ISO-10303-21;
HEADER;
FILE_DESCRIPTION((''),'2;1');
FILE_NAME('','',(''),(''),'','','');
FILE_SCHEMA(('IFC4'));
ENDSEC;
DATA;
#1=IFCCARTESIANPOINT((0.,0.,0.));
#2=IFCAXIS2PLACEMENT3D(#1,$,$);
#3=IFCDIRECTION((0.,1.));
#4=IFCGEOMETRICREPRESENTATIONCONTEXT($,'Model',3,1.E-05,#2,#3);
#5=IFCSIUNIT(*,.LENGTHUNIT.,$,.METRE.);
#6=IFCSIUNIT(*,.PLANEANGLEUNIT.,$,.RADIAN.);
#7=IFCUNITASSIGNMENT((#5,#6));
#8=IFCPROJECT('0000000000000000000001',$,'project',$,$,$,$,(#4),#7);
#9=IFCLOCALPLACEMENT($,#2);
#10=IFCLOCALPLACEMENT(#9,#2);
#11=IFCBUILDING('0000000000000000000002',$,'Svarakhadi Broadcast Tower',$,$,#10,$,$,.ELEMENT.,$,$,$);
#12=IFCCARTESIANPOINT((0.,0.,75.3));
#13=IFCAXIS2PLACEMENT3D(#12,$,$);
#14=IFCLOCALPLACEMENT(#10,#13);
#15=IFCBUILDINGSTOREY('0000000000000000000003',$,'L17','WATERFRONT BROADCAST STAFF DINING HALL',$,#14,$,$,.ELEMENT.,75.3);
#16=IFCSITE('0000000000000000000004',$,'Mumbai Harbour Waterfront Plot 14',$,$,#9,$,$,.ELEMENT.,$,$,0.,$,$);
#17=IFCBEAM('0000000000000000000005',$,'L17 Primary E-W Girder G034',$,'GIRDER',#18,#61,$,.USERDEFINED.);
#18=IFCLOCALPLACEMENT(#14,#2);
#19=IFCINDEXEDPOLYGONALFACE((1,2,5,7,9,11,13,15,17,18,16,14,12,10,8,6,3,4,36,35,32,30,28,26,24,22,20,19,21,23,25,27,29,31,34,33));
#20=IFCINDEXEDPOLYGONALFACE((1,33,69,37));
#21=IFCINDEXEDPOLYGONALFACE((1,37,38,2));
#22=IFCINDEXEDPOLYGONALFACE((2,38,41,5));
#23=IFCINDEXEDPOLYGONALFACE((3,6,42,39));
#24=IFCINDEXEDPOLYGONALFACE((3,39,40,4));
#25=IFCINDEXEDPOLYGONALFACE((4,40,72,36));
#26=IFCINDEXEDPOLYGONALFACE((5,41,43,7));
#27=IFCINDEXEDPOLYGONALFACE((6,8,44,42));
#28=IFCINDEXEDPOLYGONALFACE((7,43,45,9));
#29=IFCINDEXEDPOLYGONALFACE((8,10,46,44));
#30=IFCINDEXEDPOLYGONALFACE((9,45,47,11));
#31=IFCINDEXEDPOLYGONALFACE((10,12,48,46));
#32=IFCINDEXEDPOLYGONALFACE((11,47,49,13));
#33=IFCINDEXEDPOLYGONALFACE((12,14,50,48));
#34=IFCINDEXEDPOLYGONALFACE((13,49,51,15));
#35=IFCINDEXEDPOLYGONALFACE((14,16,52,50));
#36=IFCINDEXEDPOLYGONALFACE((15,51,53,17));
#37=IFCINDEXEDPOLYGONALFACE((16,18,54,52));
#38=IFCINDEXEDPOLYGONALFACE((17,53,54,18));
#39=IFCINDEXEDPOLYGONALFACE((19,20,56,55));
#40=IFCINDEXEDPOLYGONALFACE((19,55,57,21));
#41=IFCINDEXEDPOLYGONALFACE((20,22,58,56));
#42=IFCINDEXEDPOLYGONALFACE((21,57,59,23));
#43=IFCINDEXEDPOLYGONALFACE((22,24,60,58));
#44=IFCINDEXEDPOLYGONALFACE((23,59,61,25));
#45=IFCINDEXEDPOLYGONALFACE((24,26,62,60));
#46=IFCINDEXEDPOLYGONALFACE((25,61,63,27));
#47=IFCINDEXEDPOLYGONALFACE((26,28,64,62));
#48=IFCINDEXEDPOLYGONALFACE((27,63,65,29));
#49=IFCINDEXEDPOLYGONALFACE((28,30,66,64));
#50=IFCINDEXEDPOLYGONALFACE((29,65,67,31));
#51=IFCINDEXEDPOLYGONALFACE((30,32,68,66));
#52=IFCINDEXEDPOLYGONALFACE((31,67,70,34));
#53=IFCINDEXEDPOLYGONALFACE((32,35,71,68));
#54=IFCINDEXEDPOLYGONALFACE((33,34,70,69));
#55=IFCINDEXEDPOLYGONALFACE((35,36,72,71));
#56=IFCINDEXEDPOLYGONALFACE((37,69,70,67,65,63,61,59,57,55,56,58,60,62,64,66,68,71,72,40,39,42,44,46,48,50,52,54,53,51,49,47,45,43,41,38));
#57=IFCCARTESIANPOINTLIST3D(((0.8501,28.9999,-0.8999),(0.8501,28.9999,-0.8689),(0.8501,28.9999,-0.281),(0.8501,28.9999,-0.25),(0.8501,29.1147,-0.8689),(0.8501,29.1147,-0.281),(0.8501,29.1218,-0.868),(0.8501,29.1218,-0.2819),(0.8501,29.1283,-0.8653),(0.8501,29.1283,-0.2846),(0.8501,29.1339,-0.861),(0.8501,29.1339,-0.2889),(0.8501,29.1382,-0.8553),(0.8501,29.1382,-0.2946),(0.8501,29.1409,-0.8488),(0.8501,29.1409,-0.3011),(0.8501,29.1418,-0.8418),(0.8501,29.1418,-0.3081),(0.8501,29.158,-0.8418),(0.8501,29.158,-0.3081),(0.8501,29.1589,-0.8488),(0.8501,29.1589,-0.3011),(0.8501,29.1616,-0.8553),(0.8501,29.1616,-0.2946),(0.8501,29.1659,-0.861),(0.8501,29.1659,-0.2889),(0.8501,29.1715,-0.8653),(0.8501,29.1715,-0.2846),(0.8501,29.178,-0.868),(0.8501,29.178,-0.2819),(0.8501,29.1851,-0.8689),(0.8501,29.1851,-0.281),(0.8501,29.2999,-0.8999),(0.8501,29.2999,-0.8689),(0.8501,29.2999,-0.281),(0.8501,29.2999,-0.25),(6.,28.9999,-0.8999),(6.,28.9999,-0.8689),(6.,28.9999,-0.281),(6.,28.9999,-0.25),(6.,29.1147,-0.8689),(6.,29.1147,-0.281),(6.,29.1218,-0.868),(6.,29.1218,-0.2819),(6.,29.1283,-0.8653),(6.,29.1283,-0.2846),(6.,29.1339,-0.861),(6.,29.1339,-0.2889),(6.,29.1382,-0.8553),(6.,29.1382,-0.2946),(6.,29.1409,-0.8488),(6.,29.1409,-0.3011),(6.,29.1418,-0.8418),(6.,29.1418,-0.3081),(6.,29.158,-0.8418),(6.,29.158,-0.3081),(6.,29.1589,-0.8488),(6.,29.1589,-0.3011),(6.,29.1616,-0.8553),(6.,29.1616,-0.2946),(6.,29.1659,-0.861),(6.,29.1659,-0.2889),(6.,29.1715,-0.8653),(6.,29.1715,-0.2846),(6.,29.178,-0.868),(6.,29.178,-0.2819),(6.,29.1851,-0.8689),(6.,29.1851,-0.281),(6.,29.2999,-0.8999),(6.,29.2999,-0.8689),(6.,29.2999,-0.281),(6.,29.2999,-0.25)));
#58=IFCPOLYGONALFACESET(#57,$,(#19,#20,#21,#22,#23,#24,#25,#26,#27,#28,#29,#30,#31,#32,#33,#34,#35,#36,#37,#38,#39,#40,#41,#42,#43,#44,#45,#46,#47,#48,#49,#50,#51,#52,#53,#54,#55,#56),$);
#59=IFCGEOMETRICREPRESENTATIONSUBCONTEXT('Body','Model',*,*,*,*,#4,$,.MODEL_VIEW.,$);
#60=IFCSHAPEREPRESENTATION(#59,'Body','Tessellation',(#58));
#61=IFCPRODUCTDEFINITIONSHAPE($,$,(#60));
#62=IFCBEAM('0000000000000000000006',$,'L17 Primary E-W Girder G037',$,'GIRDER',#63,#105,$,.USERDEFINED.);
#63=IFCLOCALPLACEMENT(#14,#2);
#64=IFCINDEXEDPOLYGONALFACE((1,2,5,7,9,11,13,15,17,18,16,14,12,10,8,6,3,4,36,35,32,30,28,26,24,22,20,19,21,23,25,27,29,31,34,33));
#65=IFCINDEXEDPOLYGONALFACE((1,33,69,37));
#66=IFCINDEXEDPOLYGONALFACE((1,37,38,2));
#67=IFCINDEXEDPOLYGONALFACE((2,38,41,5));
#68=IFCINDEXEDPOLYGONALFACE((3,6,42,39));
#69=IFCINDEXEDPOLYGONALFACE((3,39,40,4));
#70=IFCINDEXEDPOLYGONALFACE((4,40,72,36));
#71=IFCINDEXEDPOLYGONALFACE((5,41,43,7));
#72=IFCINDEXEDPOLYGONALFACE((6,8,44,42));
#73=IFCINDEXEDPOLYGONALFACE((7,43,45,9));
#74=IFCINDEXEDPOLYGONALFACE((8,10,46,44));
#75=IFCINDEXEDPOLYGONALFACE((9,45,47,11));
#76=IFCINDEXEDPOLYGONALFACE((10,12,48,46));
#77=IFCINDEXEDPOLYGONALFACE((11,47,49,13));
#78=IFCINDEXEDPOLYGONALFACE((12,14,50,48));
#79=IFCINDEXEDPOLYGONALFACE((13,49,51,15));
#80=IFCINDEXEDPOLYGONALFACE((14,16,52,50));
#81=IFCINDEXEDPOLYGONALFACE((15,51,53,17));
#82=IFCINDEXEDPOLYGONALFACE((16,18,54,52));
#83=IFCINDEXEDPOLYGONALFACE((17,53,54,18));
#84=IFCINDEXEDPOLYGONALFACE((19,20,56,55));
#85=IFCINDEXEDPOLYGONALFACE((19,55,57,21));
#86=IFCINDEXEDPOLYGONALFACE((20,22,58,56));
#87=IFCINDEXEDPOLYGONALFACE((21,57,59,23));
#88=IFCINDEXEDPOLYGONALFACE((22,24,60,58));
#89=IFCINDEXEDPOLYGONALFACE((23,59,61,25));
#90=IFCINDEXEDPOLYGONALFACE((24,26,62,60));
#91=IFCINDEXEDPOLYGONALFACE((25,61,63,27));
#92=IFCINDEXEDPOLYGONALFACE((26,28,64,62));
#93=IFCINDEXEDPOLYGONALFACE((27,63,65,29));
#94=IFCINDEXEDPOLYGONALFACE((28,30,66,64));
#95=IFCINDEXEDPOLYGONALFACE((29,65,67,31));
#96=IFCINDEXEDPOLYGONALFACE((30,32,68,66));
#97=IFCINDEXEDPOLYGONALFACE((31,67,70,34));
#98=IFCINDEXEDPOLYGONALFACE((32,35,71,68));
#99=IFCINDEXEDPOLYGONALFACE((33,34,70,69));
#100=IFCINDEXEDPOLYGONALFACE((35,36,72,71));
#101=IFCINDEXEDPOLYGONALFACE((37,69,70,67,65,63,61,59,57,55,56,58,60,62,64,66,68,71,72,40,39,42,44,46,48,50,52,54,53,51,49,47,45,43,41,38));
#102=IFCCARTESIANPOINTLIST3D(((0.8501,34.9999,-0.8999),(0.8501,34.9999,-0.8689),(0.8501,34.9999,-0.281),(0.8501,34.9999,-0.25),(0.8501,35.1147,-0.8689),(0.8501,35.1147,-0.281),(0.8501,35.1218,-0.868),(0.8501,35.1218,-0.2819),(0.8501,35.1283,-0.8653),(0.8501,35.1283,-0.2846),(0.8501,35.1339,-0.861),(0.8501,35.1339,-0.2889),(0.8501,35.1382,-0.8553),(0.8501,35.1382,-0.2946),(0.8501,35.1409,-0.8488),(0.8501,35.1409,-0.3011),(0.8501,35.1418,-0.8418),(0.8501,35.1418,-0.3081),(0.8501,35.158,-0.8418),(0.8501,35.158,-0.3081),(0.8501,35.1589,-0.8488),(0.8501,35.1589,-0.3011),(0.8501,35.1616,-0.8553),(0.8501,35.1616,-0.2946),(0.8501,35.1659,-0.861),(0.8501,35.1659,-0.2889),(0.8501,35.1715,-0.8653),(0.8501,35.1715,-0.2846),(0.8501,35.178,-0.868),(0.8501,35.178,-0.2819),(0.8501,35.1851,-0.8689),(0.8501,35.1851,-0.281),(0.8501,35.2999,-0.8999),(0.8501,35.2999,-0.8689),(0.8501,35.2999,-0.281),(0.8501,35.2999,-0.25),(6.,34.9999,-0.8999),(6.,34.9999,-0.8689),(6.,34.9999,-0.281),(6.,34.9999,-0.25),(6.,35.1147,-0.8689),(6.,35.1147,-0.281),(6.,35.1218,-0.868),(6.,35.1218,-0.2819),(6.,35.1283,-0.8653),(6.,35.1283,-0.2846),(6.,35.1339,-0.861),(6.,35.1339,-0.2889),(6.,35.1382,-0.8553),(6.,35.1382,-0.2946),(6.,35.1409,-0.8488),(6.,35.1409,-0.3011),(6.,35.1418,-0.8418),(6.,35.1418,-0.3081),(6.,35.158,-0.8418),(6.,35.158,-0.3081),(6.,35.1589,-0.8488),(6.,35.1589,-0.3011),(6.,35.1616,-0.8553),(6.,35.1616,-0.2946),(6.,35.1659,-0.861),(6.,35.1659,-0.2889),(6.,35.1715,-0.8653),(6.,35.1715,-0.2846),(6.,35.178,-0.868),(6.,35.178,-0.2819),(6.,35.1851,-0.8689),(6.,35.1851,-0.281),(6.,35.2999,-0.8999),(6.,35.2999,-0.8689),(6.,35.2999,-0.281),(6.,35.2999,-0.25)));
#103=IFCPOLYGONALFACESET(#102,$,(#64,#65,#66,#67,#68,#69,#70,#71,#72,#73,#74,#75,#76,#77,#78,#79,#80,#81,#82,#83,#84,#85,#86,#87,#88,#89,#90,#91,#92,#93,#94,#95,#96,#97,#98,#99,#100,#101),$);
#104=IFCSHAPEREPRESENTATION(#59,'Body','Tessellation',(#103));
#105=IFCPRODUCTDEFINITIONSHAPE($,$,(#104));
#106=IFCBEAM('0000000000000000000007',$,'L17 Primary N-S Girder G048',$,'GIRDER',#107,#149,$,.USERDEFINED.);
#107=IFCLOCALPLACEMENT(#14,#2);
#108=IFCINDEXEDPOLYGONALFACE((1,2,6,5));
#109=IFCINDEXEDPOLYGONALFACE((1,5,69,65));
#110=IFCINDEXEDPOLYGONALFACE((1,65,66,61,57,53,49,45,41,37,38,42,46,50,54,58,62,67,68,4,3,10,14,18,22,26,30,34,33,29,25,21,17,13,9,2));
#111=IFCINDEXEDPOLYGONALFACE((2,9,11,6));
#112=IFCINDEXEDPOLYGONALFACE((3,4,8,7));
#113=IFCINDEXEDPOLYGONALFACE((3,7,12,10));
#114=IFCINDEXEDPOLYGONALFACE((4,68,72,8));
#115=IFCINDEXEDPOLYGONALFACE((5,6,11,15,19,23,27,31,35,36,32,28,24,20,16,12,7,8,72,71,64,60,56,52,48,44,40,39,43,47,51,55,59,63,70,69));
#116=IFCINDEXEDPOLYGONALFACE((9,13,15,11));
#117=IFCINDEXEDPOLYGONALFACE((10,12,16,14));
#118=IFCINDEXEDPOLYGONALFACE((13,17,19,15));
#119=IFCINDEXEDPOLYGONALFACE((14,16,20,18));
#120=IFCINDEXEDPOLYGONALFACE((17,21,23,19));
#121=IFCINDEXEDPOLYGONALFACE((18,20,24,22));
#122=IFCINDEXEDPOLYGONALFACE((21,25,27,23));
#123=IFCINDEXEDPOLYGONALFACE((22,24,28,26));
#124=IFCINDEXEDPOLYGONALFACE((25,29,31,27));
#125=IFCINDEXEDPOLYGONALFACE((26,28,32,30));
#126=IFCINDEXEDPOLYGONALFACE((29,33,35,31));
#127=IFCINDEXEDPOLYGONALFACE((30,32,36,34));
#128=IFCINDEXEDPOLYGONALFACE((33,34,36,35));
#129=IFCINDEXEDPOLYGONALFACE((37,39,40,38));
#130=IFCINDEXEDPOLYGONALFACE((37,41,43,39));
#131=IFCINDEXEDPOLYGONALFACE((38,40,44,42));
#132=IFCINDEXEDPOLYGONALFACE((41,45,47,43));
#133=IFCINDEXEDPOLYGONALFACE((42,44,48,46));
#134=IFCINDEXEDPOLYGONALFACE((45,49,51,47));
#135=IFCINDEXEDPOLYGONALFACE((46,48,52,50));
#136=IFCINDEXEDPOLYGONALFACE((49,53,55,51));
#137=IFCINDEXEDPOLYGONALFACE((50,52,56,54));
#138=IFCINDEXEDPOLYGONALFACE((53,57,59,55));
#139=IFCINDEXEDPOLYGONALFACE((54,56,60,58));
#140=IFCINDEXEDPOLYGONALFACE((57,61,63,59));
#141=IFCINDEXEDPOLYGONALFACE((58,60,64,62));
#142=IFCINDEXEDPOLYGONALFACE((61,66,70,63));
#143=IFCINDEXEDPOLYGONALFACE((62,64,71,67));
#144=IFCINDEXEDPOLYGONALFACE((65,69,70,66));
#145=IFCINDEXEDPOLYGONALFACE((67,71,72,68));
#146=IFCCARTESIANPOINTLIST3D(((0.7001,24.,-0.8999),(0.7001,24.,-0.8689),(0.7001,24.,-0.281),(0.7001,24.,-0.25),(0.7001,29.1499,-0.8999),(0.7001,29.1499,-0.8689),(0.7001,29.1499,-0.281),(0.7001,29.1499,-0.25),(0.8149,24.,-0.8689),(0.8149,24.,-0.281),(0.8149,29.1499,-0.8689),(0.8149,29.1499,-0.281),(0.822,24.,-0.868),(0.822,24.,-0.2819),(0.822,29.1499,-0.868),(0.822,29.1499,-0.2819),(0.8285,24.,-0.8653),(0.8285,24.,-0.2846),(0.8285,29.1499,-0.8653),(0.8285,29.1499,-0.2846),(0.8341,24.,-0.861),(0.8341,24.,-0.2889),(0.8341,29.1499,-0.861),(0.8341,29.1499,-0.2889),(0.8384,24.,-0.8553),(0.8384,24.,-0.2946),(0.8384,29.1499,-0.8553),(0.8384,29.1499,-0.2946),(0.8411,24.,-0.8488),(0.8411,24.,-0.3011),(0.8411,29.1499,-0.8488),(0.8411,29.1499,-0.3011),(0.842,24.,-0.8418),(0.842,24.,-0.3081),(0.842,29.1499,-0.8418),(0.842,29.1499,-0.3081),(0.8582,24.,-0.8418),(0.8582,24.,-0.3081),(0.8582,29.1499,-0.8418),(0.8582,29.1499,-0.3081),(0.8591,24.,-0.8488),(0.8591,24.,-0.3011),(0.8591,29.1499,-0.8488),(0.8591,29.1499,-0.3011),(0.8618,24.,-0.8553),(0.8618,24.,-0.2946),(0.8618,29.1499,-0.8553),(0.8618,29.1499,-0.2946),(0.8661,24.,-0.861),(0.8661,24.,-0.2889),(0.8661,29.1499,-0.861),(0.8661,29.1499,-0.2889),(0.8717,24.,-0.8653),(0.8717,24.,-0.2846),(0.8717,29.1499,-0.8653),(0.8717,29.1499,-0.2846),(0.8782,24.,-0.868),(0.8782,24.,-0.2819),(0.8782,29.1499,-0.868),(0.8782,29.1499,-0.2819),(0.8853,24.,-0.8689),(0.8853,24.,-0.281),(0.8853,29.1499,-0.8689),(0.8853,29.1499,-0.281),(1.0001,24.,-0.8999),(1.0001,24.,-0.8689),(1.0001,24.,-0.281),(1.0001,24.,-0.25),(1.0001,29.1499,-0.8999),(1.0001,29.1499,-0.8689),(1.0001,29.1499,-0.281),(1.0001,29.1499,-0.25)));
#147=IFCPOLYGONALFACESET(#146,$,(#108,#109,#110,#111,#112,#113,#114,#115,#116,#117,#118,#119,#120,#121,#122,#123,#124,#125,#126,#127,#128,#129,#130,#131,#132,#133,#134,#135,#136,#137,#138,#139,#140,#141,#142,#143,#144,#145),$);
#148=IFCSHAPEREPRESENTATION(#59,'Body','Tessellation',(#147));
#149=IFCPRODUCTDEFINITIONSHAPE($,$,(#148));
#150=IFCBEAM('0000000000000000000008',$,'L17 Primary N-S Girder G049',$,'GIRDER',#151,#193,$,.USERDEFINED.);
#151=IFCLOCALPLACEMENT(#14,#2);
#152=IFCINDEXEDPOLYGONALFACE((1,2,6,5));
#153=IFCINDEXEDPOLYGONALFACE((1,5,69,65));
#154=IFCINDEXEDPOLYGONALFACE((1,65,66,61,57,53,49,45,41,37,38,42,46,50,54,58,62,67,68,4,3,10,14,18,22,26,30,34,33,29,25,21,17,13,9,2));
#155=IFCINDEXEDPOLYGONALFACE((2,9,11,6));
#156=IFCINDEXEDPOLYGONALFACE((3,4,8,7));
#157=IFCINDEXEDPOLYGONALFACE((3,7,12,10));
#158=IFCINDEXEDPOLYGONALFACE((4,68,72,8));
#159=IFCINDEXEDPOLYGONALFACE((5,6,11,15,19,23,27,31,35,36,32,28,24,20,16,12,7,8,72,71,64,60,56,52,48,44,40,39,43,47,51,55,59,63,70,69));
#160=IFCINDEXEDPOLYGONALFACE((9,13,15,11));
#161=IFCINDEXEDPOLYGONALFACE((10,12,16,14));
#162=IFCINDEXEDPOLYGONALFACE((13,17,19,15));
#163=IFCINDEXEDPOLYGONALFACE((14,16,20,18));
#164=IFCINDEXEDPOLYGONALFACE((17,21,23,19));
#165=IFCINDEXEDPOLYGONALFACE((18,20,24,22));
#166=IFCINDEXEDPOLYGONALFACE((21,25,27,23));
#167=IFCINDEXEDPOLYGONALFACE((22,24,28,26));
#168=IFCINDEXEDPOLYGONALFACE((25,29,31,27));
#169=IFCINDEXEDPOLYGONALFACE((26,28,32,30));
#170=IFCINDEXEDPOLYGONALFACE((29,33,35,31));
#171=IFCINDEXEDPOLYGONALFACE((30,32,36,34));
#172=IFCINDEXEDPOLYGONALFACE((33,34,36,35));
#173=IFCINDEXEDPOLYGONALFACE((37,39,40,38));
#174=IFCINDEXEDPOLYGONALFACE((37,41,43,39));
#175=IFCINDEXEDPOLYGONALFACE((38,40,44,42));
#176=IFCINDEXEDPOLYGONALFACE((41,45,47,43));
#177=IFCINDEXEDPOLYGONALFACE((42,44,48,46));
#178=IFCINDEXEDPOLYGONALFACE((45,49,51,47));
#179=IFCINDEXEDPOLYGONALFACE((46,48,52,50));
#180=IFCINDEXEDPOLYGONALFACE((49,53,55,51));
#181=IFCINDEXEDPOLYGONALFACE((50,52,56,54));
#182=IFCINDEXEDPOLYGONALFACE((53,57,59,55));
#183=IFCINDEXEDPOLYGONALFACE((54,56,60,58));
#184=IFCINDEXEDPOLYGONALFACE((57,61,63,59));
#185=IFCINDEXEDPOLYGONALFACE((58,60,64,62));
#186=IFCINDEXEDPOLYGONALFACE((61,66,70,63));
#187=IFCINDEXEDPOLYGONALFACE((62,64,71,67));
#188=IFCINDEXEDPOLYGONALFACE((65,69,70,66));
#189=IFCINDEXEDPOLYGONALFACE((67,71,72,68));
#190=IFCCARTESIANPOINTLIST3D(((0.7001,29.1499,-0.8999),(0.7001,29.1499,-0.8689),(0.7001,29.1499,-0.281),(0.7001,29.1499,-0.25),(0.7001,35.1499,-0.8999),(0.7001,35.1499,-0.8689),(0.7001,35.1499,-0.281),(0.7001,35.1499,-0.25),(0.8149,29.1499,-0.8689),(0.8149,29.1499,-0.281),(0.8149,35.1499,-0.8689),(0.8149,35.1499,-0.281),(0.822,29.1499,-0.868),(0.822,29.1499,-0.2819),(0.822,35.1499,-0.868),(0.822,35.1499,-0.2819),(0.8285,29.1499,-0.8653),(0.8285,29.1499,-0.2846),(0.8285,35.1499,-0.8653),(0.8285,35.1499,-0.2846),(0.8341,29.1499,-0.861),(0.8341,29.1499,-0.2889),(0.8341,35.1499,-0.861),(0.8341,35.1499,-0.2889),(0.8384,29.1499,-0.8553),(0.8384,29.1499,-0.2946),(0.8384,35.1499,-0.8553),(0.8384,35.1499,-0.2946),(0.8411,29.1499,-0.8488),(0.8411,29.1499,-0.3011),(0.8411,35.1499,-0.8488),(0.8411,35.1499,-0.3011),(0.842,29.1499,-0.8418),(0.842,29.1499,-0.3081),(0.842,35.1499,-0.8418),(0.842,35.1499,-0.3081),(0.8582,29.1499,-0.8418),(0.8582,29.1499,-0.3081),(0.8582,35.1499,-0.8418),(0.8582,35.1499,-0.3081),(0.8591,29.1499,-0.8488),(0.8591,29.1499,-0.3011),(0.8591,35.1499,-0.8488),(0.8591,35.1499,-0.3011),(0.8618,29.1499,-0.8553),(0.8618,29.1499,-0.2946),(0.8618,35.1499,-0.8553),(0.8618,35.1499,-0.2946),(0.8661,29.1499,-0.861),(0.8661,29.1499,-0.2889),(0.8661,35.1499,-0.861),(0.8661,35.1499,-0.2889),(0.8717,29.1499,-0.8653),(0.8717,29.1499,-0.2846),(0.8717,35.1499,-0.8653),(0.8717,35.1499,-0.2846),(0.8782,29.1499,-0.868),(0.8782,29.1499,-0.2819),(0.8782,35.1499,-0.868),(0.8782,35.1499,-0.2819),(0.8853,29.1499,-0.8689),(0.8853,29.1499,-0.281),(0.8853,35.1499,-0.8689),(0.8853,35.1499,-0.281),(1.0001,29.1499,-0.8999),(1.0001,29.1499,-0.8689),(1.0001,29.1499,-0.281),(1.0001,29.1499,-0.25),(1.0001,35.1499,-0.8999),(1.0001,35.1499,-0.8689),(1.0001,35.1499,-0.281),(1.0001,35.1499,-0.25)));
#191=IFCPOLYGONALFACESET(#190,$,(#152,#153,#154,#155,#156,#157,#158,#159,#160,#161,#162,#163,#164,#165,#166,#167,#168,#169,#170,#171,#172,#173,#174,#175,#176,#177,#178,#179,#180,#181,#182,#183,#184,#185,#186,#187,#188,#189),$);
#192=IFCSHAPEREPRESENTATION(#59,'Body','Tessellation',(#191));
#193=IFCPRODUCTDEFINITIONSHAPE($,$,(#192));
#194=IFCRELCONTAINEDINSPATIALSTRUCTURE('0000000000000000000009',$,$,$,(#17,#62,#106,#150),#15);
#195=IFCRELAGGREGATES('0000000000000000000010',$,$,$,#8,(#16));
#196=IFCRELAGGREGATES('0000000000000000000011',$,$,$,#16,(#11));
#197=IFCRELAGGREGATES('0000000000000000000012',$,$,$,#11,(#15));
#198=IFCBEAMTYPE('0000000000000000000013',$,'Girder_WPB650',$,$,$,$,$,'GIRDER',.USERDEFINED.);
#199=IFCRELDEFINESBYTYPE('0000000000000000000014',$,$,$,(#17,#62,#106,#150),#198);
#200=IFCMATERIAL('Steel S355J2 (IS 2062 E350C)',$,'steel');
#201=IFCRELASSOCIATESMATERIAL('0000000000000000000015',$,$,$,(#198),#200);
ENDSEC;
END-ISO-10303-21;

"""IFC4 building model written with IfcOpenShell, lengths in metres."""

from ifc_helpers import new_model, si_unit, direction, frame, origin, origin_2d, place, context, subcontext, project, spatial, i_section, extrude, material, material_profile, profile_set, type_object, element, save


model = new_model("IFC4")

# Units and contexts
model_context = context("Model", 3, precision=1e-05, world=origin(), true_north=direction((0.0, 1.0)))
body_context = subcontext(model_context, "Body", "Model", "MODEL_VIEW")
ifc_project = project(units=[si_unit("LENGTHUNIT", "METRE"), si_unit("PLANEANGLEUNIT", "RADIAN")], contexts=[model_context])

# Site, building, storey
site_placement = place(None, origin())
site = spatial("IfcSite", under=ifc_project, at=site_placement, Name="Mumbai Harbour Waterfront Plot 14", CompositionType="ELEMENT", RefElevation=0.0)
building_placement = place(site_placement, origin())
building = spatial("IfcBuilding", under=site, at=building_placement, Name="Svarakhadi Broadcast Tower", CompositionType="ELEMENT")
storey_placement = place(building_placement, frame((0.0, 0.0, 75.3)))
storey = spatial("IfcBuildingStorey", under=building, at=storey_placement, Name="L17", Description="WATERFRONT BROADCAST STAFF DINING HALL", CompositionType="ELEMENT", Elevation=75.3)

# Shared definitions
ifc_material_1 = material(Name="Steel S355J2 (IS 2062 E350C)", Category="steel")

# Beams
ifc_material_profile_1 = material_profile(ifc_material_1, i_section(OverallWidth=0.3, OverallDepth=0.6499, WebThickness=0.0161, FlangeThickness=0.031, FilletRadius=0.0271, at=origin_2d()), Name="WPB 650x300x225")
ifc_profile_set_1 = profile_set([ifc_material_profile_1], Name="Steel S355J2 (IS 2062 E350C)")
beam_type_1 = type_object("IfcBeamType", Name="Girder_WPB650", ElementType="GIRDER", PredefinedType="USERDEFINED", material=ifc_profile_set_1)
for number, where, z_axis, x_axis, name in (
    (1, (0.8501, 29.1499, -0.575), (1.0, 0.0, 0.0), (0.0, 1.0, 0.0), "L17 Primary E-W Girder G034"),
    (2, (0.8501, 35.1499, -0.575), (1.0, 0.0, 0.0), (0.0, 1.0, 0.0), "L17 Primary E-W Girder G037"),
    (3, (0.8501, 24.0, -0.575), (0.0, 1.0, 0.0), (-1.0, 0.0, 0.0), "L17 Primary N-S Girder G048"),
):
    element("IfcBeam", number, at=place(storey_placement, frame(where, z_axis=z_axis, x_axis=x_axis)), inside=storey, type_object=beam_type_1, Name=name, ObjectType="GIRDER", PredefinedType="USERDEFINED", context=body_context, shape_type="SweptSolid", body=[
        extrude(i_section(OverallWidth=0.3, OverallDepth=0.6499, WebThickness=0.0161, FlangeThickness=0.031, FilletRadius=0.0271, at=origin_2d()), origin(), (0.0, 0.0, 1.0), 5.1499),
    ])
for number, where, z_axis, x_axis, name in (
    (4, (0.8501, 29.1499, -0.575), (0.0, 1.0, 0.0), (-1.0, 0.0, 0.0), "L17 Primary N-S Girder G049"),
):
    element("IfcBeam", number, at=place(storey_placement, frame(where, z_axis=z_axis, x_axis=x_axis)), inside=storey, type_object=beam_type_1, Name=name, ObjectType="GIRDER", PredefinedType="USERDEFINED", context=body_context, shape_type="SweptSolid", body=[
        extrude(i_section(OverallWidth=0.3, OverallDepth=0.6499, WebThickness=0.0161, FlangeThickness=0.031, FilletRadius=0.0271, at=origin_2d()), origin(), (0.0, 0.0, 1.0), 6.0),
    ])

save(model, "model.ifc")
